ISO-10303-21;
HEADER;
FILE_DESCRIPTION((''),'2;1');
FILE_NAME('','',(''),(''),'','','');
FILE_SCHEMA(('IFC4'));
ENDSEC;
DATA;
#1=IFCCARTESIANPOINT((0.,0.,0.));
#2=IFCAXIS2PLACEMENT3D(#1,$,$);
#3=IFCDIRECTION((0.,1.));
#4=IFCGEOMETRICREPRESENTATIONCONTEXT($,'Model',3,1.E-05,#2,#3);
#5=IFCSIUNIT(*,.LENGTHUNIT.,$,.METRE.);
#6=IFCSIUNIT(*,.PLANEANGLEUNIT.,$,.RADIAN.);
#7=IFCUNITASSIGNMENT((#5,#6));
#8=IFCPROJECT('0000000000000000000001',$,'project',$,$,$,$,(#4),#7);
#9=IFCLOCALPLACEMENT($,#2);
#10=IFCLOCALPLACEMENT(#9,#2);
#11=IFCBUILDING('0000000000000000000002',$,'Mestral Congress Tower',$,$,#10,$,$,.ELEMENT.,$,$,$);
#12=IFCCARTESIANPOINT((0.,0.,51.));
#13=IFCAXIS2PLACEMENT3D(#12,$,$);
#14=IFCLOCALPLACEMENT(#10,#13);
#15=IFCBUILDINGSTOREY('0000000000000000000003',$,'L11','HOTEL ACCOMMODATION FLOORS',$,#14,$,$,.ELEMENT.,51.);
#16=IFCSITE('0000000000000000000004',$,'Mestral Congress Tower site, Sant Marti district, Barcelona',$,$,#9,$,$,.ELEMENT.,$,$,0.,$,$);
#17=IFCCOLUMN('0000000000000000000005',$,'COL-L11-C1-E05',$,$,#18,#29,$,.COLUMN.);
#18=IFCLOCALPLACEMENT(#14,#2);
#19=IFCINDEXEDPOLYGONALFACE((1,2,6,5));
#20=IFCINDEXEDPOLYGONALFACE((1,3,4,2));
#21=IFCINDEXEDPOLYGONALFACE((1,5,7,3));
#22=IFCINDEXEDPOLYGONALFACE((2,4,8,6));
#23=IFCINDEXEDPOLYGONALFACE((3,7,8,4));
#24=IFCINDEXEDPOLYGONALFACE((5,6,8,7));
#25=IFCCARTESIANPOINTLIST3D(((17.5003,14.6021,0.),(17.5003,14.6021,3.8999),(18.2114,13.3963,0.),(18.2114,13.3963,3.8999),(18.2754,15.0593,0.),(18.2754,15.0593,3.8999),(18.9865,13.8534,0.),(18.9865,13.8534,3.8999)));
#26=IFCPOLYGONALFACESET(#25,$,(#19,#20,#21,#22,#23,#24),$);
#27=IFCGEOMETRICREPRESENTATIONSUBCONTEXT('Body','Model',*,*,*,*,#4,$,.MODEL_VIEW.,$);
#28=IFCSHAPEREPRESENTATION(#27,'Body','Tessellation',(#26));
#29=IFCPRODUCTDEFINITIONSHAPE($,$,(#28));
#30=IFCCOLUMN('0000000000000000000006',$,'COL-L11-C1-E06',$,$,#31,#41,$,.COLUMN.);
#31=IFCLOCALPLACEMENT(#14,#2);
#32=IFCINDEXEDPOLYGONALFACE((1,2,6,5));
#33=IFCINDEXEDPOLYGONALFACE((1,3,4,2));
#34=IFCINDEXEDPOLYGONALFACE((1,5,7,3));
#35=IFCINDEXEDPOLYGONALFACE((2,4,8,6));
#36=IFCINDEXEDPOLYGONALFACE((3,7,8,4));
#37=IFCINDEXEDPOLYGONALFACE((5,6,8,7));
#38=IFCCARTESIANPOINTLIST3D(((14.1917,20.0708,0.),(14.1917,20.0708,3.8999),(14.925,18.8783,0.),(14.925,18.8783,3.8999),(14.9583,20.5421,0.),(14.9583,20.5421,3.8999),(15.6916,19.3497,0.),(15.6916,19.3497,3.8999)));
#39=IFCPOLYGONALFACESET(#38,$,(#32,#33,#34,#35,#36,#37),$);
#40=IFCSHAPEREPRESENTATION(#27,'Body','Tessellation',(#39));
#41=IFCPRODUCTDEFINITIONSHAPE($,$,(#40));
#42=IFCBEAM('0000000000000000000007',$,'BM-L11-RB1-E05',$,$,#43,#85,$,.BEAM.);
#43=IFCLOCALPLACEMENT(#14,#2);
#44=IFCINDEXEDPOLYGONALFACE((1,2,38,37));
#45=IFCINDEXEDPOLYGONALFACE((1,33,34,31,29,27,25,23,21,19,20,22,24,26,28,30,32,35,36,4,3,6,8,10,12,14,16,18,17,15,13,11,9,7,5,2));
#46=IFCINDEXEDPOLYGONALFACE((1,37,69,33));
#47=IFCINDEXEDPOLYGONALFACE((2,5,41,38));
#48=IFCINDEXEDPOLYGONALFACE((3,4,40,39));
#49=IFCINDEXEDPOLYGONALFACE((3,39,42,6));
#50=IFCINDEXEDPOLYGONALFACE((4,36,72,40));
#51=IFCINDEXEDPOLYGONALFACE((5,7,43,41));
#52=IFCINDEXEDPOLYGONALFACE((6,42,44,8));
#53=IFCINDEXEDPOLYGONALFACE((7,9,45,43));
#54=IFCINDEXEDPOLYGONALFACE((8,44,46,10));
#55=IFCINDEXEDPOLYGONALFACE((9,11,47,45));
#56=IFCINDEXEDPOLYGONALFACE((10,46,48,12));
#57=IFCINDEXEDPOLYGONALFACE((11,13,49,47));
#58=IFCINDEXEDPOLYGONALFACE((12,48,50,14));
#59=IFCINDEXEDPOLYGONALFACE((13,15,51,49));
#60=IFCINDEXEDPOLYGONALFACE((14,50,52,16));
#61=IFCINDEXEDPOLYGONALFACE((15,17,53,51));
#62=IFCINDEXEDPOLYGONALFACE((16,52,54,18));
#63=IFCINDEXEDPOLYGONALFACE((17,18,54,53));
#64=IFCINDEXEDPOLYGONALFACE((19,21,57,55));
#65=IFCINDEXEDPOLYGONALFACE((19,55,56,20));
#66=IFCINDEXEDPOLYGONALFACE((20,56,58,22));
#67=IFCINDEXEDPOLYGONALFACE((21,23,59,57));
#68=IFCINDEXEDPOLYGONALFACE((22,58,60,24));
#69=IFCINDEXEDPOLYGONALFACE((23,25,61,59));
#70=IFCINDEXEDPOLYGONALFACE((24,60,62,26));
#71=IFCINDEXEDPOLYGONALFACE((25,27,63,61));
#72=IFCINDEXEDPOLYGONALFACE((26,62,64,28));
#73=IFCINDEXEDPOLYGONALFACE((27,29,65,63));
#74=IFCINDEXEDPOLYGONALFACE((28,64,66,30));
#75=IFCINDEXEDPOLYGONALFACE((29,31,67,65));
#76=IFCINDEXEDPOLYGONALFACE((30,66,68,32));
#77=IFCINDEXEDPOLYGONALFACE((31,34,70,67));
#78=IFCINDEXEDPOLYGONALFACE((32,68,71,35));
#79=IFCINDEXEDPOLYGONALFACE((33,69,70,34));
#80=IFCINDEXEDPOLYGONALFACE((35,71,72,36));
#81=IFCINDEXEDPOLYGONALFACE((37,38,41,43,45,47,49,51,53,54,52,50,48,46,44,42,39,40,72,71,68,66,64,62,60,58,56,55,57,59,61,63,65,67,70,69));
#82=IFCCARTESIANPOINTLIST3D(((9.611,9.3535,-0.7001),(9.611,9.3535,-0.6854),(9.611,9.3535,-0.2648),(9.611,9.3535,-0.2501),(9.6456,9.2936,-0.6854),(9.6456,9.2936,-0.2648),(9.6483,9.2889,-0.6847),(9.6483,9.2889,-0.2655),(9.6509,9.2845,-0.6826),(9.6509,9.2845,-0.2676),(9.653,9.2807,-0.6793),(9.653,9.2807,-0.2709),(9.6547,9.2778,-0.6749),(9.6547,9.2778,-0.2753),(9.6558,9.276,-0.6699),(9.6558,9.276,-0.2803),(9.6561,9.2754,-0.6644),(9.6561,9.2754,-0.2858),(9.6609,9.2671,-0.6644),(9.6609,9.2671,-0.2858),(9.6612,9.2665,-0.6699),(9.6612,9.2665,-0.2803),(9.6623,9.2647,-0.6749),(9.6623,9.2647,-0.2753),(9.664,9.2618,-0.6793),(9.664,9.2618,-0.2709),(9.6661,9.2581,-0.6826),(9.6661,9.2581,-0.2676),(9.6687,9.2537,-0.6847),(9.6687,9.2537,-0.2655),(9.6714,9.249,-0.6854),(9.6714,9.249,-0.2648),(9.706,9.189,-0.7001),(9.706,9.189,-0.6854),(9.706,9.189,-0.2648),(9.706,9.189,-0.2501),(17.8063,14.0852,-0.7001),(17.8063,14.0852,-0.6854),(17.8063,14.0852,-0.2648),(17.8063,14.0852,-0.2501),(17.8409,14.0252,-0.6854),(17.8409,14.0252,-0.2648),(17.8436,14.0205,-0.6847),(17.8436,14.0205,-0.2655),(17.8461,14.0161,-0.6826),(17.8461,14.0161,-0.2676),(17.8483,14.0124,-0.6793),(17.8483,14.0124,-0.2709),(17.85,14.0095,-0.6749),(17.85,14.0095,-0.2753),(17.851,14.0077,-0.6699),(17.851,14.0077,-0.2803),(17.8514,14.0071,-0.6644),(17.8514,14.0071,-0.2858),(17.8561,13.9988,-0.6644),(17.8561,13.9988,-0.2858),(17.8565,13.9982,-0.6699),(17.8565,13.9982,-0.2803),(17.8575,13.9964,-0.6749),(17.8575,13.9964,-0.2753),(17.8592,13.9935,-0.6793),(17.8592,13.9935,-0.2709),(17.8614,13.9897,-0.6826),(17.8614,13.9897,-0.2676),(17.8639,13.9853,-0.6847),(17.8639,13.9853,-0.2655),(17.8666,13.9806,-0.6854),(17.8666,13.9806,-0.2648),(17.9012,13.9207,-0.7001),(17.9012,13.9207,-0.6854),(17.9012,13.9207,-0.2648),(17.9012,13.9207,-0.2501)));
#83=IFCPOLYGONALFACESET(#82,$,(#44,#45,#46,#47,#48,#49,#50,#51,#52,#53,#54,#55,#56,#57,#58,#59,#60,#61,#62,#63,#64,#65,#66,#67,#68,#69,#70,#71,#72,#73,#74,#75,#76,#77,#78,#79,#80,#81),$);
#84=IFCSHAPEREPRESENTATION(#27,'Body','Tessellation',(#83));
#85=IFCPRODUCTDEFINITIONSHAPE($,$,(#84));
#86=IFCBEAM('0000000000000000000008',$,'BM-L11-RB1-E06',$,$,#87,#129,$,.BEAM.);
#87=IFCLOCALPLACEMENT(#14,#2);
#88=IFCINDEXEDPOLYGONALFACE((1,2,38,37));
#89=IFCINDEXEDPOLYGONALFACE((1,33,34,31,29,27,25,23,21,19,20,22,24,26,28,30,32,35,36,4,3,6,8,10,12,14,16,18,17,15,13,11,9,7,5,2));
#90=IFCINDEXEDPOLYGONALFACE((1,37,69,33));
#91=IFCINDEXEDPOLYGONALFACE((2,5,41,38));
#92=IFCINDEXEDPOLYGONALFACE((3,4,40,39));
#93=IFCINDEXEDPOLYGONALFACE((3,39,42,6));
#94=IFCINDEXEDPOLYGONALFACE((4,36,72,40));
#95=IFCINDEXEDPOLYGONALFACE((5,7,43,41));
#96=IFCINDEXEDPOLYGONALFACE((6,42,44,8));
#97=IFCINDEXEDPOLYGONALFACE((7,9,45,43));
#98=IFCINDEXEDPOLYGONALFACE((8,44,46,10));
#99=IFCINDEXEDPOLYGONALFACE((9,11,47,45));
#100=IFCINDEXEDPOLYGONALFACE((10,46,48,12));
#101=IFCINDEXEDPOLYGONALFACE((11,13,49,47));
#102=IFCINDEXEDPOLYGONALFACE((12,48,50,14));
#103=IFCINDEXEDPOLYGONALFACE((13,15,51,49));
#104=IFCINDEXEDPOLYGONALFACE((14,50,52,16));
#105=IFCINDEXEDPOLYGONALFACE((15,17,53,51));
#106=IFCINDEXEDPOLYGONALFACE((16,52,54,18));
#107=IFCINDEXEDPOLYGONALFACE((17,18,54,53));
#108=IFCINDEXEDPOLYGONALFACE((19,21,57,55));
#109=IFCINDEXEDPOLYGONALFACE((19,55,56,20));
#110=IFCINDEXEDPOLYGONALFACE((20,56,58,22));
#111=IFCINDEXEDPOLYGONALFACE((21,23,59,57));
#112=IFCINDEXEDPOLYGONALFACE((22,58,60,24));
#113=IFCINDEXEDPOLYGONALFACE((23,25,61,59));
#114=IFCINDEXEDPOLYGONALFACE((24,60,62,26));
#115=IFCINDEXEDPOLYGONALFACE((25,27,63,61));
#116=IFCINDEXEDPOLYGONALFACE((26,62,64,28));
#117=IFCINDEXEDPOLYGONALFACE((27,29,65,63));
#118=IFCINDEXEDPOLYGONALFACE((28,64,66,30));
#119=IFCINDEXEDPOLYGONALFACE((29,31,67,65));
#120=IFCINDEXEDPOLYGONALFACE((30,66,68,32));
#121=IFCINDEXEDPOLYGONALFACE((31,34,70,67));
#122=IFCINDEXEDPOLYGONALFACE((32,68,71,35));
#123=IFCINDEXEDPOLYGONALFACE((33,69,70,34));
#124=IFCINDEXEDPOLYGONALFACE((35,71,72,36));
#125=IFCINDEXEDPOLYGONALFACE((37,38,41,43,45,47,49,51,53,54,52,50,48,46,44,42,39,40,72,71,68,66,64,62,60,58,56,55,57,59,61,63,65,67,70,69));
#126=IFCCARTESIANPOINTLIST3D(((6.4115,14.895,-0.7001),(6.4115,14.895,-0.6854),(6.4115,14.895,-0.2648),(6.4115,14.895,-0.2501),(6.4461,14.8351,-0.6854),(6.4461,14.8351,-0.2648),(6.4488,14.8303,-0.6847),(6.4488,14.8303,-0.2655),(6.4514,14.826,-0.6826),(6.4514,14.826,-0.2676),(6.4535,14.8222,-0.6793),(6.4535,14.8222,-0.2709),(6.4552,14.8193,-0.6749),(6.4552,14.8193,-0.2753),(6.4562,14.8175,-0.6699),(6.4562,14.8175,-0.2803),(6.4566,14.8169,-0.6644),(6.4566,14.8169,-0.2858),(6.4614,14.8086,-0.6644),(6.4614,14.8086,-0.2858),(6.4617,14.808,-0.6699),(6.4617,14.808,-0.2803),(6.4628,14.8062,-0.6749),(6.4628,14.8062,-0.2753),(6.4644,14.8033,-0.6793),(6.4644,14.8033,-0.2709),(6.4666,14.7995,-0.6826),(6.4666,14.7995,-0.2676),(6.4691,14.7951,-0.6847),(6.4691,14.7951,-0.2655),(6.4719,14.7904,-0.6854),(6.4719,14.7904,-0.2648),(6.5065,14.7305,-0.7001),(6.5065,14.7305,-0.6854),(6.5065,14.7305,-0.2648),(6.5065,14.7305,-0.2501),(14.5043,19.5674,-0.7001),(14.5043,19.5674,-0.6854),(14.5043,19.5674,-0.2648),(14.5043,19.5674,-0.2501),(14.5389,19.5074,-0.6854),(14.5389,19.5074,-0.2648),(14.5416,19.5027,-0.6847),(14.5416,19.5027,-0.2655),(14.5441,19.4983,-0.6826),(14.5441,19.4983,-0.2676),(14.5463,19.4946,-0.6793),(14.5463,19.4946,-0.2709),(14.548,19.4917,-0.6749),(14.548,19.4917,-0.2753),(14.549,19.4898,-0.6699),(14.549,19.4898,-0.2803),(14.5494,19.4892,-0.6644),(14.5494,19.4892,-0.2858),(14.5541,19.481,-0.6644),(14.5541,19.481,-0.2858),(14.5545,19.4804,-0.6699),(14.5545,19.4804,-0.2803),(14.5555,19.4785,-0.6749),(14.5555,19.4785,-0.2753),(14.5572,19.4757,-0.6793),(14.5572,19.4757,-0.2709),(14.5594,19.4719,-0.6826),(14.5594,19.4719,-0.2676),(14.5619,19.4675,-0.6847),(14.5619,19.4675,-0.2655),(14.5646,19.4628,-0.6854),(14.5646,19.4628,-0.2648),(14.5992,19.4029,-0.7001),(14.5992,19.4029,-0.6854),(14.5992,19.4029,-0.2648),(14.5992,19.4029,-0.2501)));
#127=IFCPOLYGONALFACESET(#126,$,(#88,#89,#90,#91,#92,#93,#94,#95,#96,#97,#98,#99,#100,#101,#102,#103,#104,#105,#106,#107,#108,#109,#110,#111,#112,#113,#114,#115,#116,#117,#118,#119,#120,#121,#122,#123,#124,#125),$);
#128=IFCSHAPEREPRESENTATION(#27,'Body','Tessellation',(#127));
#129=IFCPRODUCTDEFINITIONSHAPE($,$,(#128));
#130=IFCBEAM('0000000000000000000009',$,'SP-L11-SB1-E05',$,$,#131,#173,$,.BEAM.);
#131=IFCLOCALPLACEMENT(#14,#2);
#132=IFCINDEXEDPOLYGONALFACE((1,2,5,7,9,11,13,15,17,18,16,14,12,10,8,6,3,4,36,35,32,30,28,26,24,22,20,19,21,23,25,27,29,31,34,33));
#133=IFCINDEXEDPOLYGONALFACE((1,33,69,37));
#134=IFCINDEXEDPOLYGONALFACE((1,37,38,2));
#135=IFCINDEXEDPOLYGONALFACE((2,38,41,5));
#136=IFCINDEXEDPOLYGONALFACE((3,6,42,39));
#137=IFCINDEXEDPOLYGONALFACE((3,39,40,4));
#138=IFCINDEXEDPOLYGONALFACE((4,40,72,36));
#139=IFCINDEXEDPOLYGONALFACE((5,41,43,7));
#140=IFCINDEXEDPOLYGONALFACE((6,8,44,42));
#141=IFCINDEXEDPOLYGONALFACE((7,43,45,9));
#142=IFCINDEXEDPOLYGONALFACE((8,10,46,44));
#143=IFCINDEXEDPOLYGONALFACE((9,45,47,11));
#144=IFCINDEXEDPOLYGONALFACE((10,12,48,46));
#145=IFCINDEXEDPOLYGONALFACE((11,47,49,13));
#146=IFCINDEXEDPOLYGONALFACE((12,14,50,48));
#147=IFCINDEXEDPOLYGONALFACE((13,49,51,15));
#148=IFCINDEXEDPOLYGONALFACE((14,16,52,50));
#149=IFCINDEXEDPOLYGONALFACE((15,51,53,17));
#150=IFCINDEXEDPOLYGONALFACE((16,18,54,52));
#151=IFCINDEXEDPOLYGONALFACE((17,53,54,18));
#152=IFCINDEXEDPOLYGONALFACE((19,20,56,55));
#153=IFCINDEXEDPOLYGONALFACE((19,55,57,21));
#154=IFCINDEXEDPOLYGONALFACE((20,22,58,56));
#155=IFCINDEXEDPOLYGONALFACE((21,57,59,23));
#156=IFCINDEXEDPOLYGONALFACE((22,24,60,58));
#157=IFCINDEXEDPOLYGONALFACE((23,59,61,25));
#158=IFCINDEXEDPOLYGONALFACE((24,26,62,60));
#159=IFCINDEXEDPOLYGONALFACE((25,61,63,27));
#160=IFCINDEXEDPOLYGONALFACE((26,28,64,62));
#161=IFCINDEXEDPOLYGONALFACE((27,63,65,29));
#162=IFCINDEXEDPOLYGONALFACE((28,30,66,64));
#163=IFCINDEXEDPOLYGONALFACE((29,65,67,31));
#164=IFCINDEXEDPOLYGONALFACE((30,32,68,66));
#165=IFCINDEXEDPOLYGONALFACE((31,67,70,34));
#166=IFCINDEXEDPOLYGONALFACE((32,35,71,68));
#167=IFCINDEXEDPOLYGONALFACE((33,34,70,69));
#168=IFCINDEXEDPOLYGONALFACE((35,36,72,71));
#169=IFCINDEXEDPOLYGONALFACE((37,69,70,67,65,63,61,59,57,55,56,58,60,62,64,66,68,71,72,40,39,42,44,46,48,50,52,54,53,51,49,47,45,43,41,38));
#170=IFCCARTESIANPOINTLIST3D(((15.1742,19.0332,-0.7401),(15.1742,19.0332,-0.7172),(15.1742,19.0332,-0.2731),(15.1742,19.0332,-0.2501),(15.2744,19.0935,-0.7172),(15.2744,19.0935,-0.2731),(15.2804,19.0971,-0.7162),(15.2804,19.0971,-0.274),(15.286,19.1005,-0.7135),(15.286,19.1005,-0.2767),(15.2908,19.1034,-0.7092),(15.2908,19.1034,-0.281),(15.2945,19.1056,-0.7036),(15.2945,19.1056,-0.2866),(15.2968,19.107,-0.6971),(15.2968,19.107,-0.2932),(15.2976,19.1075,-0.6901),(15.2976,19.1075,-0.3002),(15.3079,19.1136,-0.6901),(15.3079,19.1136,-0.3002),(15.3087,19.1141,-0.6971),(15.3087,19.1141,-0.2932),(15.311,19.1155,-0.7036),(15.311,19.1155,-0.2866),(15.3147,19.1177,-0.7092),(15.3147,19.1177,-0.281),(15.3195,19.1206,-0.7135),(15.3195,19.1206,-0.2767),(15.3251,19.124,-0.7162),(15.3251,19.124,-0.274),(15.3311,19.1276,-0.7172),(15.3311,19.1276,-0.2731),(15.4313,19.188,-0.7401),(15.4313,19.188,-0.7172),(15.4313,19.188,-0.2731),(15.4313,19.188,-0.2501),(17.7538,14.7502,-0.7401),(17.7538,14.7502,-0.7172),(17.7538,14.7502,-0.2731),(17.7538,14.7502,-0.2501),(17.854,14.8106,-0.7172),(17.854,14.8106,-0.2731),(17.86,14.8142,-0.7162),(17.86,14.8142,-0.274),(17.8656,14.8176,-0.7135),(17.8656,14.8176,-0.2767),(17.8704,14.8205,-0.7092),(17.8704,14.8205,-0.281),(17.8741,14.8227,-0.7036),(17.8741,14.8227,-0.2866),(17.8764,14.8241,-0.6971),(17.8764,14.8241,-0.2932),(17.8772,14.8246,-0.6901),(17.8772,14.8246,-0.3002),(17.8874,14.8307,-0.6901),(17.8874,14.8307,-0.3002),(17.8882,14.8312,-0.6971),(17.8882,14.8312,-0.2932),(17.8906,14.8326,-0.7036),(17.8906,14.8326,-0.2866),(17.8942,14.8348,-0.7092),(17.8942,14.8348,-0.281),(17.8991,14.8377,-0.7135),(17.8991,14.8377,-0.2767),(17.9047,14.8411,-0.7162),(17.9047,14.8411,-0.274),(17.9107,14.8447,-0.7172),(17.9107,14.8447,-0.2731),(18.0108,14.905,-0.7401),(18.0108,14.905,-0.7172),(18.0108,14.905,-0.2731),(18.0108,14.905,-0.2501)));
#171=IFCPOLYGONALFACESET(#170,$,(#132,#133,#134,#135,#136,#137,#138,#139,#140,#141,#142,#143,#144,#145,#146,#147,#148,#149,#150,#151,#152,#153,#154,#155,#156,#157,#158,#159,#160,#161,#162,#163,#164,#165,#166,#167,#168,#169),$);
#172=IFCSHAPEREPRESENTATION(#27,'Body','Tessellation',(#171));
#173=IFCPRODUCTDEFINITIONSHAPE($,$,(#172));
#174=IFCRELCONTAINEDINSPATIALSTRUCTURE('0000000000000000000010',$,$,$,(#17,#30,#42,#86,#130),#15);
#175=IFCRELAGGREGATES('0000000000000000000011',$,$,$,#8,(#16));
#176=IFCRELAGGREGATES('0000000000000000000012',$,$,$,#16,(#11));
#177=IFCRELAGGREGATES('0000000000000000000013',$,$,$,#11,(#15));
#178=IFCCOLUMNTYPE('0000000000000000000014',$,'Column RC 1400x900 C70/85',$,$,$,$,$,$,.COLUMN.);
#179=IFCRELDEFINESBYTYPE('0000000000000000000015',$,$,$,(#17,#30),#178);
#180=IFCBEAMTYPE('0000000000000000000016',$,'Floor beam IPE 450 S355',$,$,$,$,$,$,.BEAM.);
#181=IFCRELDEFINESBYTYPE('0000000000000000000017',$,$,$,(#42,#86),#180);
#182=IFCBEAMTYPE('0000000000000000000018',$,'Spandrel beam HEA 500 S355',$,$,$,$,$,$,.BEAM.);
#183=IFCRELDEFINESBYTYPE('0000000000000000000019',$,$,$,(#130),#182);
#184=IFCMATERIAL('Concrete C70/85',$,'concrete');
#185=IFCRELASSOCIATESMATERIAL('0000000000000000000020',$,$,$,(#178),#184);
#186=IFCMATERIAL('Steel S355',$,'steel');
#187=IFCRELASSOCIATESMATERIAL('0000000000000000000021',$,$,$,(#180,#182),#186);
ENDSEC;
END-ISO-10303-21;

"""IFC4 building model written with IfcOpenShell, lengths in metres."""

from ifc_helpers import new_model, si_unit, direction, frame, origin, origin_2d, place, context, subcontext, project, spatial, rectangle, i_section, extrude, material, material_profile, profile_set, type_object, element, save


model = new_model("IFC4")

# Units and contexts
model_context = context("Model", 3, precision=1e-05, world=origin(), true_north=direction((0.0, 1.0)))
body_context = subcontext(model_context, "Body", "Model", "MODEL_VIEW")
ifc_project = project(units=[si_unit("LENGTHUNIT", "METRE"), si_unit("PLANEANGLEUNIT", "RADIAN")], contexts=[model_context])

# Site, building, storey
site_placement = place(None, origin())
site = spatial("IfcSite", under=ifc_project, at=site_placement, Name="Mestral Congress Tower site, Sant Marti district, Barcelona", CompositionType="ELEMENT", RefElevation=0.0)
building_placement = place(site_placement, origin())
building = spatial("IfcBuilding", under=site, at=building_placement, Name="Mestral Congress Tower", CompositionType="ELEMENT")
storey_placement = place(building_placement, frame((0.0, 0.0, 51.0)))
storey = spatial("IfcBuildingStorey", under=building, at=storey_placement, Name="L11", Description="HOTEL ACCOMMODATION FLOORS", CompositionType="ELEMENT", Elevation=51.0)

# Columns
ifc_material_1 = material(Name="Concrete C70/85", Category="concrete")
ifc_material_profile_1 = material_profile(ifc_material_1, rectangle(XDim=1.3999, YDim=0.8999, at=origin_2d()), Name="RC 1400x900")
ifc_profile_set_1 = profile_set([ifc_material_profile_1], Name="Concrete C70/85")
column_type = type_object("IfcColumnType", Name="Column RC 1400x900 C70/85", PredefinedType="COLUMN", material=ifc_profile_set_1)
for number, where, z_axis, x_axis, name in (
    (1, (18.2434, 14.2278, 0.0), (0.0, 0.0, 1.0), (-0.507983, 0.861367, 0.0), "COL-L11-C1-E05"),
    (2, (14.9417, 19.7102, 0.0), (0.0, 0.0, 1.0), (-0.523819, 0.851829, 0.0), "COL-L11-C1-E06"),
):
    element("IfcColumn", number, at=place(storey_placement, frame(where, z_axis=z_axis, x_axis=x_axis)), inside=storey, type_object=column_type, Name=name, PredefinedType="COLUMN", context=body_context, shape_type="SweptSolid", body=[
        extrude(rectangle(XDim=1.3999, YDim=0.8999, at=origin_2d()), origin(), (0.0, 0.0, 1.0), 3.8999),
    ])

# Beams
ifc_material_2 = material(Name="Steel S355", Category="steel")
ifc_material_profile_2 = material_profile(ifc_material_2, i_section(OverallWidth=0.1899, OverallDepth=0.45, WebThickness=0.0095, FlangeThickness=0.0146, FilletRadius=0.021, at=origin_2d()), Name="IPE 450")
ifc_profile_set_2 = profile_set([ifc_material_profile_2], Name="Steel S355")
beam_type_1 = type_object("IfcBeamType", Name="Floor beam IPE 450 S355", PredefinedType="BEAM", material=ifc_profile_set_2)
beam_1_placement = place(storey_placement, frame((17.8538, 14.0029, -0.4751), z_axis=(-0.86602, -0.50001, 0.0), x_axis=(0.50001, -0.86602, 0.0)))
element("IfcBeam", 3, at=beam_1_placement, inside=storey, type_object=beam_type_1, Name="BM-L11-RB1-E05", PredefinedType="BEAM", context=body_context, shape_type="SweptSolid", body=[
    extrude(i_section(OverallWidth=0.1899, OverallDepth=0.45, WebThickness=0.0095, FlangeThickness=0.0146, FilletRadius=0.021, at=origin_2d()), origin(), (0.0, 0.0, 1.0), 9.4631),
])
beam_2_placement = place(storey_placement, frame((14.5518, 19.4851, -0.4751), z_axis=(-0.866025, -0.5, 0.0), x_axis=(0.5, -0.866025, 0.0)))
element("IfcBeam", 4, at=beam_2_placement, inside=storey, type_object=beam_type_1, Name="BM-L11-RB1-E06", PredefinedType="BEAM", context=body_context, shape_type="SweptSolid", body=[
    extrude(i_section(OverallWidth=0.1899, OverallDepth=0.45, WebThickness=0.0095, FlangeThickness=0.0146, FilletRadius=0.021, at=origin_2d()), origin(), (0.0, 0.0, 1.0), 9.3447),
])
ifc_material_profile_3 = material_profile(ifc_material_2, i_section(OverallWidth=0.3, OverallDepth=0.49, WebThickness=0.012, FlangeThickness=0.0229, FilletRadius=0.0271, at=origin_2d()), Name="HEA 500")
ifc_profile_set_3 = profile_set([ifc_material_profile_3], Name="Steel S355")
beam_type_2 = type_object("IfcBeamType", Name="Spandrel beam HEA 500 S355", PredefinedType="BEAM", material=ifc_profile_set_3)
for number, where, z_axis, x_axis, name in (
    (5, (17.8823, 14.8276, -0.4951), (-0.515938, 0.856626, 0.0), (-0.856626, -0.515938, 0.0), "SP-L11-SB1-E05"),
):
    element("IfcBeam", number, at=place(storey_placement, frame(where, z_axis=z_axis, x_axis=x_axis)), inside=storey, type_object=beam_type_2, Name=name, PredefinedType="BEAM", context=body_context, shape_type="SweptSolid", body=[
        extrude(i_section(OverallWidth=0.3, OverallDepth=0.49, WebThickness=0.012, FlangeThickness=0.0229, FilletRadius=0.0271, at=origin_2d()), origin(), (0.0, 0.0, 1.0), 4.9998),
    ])

save(model, "model.ifc")
